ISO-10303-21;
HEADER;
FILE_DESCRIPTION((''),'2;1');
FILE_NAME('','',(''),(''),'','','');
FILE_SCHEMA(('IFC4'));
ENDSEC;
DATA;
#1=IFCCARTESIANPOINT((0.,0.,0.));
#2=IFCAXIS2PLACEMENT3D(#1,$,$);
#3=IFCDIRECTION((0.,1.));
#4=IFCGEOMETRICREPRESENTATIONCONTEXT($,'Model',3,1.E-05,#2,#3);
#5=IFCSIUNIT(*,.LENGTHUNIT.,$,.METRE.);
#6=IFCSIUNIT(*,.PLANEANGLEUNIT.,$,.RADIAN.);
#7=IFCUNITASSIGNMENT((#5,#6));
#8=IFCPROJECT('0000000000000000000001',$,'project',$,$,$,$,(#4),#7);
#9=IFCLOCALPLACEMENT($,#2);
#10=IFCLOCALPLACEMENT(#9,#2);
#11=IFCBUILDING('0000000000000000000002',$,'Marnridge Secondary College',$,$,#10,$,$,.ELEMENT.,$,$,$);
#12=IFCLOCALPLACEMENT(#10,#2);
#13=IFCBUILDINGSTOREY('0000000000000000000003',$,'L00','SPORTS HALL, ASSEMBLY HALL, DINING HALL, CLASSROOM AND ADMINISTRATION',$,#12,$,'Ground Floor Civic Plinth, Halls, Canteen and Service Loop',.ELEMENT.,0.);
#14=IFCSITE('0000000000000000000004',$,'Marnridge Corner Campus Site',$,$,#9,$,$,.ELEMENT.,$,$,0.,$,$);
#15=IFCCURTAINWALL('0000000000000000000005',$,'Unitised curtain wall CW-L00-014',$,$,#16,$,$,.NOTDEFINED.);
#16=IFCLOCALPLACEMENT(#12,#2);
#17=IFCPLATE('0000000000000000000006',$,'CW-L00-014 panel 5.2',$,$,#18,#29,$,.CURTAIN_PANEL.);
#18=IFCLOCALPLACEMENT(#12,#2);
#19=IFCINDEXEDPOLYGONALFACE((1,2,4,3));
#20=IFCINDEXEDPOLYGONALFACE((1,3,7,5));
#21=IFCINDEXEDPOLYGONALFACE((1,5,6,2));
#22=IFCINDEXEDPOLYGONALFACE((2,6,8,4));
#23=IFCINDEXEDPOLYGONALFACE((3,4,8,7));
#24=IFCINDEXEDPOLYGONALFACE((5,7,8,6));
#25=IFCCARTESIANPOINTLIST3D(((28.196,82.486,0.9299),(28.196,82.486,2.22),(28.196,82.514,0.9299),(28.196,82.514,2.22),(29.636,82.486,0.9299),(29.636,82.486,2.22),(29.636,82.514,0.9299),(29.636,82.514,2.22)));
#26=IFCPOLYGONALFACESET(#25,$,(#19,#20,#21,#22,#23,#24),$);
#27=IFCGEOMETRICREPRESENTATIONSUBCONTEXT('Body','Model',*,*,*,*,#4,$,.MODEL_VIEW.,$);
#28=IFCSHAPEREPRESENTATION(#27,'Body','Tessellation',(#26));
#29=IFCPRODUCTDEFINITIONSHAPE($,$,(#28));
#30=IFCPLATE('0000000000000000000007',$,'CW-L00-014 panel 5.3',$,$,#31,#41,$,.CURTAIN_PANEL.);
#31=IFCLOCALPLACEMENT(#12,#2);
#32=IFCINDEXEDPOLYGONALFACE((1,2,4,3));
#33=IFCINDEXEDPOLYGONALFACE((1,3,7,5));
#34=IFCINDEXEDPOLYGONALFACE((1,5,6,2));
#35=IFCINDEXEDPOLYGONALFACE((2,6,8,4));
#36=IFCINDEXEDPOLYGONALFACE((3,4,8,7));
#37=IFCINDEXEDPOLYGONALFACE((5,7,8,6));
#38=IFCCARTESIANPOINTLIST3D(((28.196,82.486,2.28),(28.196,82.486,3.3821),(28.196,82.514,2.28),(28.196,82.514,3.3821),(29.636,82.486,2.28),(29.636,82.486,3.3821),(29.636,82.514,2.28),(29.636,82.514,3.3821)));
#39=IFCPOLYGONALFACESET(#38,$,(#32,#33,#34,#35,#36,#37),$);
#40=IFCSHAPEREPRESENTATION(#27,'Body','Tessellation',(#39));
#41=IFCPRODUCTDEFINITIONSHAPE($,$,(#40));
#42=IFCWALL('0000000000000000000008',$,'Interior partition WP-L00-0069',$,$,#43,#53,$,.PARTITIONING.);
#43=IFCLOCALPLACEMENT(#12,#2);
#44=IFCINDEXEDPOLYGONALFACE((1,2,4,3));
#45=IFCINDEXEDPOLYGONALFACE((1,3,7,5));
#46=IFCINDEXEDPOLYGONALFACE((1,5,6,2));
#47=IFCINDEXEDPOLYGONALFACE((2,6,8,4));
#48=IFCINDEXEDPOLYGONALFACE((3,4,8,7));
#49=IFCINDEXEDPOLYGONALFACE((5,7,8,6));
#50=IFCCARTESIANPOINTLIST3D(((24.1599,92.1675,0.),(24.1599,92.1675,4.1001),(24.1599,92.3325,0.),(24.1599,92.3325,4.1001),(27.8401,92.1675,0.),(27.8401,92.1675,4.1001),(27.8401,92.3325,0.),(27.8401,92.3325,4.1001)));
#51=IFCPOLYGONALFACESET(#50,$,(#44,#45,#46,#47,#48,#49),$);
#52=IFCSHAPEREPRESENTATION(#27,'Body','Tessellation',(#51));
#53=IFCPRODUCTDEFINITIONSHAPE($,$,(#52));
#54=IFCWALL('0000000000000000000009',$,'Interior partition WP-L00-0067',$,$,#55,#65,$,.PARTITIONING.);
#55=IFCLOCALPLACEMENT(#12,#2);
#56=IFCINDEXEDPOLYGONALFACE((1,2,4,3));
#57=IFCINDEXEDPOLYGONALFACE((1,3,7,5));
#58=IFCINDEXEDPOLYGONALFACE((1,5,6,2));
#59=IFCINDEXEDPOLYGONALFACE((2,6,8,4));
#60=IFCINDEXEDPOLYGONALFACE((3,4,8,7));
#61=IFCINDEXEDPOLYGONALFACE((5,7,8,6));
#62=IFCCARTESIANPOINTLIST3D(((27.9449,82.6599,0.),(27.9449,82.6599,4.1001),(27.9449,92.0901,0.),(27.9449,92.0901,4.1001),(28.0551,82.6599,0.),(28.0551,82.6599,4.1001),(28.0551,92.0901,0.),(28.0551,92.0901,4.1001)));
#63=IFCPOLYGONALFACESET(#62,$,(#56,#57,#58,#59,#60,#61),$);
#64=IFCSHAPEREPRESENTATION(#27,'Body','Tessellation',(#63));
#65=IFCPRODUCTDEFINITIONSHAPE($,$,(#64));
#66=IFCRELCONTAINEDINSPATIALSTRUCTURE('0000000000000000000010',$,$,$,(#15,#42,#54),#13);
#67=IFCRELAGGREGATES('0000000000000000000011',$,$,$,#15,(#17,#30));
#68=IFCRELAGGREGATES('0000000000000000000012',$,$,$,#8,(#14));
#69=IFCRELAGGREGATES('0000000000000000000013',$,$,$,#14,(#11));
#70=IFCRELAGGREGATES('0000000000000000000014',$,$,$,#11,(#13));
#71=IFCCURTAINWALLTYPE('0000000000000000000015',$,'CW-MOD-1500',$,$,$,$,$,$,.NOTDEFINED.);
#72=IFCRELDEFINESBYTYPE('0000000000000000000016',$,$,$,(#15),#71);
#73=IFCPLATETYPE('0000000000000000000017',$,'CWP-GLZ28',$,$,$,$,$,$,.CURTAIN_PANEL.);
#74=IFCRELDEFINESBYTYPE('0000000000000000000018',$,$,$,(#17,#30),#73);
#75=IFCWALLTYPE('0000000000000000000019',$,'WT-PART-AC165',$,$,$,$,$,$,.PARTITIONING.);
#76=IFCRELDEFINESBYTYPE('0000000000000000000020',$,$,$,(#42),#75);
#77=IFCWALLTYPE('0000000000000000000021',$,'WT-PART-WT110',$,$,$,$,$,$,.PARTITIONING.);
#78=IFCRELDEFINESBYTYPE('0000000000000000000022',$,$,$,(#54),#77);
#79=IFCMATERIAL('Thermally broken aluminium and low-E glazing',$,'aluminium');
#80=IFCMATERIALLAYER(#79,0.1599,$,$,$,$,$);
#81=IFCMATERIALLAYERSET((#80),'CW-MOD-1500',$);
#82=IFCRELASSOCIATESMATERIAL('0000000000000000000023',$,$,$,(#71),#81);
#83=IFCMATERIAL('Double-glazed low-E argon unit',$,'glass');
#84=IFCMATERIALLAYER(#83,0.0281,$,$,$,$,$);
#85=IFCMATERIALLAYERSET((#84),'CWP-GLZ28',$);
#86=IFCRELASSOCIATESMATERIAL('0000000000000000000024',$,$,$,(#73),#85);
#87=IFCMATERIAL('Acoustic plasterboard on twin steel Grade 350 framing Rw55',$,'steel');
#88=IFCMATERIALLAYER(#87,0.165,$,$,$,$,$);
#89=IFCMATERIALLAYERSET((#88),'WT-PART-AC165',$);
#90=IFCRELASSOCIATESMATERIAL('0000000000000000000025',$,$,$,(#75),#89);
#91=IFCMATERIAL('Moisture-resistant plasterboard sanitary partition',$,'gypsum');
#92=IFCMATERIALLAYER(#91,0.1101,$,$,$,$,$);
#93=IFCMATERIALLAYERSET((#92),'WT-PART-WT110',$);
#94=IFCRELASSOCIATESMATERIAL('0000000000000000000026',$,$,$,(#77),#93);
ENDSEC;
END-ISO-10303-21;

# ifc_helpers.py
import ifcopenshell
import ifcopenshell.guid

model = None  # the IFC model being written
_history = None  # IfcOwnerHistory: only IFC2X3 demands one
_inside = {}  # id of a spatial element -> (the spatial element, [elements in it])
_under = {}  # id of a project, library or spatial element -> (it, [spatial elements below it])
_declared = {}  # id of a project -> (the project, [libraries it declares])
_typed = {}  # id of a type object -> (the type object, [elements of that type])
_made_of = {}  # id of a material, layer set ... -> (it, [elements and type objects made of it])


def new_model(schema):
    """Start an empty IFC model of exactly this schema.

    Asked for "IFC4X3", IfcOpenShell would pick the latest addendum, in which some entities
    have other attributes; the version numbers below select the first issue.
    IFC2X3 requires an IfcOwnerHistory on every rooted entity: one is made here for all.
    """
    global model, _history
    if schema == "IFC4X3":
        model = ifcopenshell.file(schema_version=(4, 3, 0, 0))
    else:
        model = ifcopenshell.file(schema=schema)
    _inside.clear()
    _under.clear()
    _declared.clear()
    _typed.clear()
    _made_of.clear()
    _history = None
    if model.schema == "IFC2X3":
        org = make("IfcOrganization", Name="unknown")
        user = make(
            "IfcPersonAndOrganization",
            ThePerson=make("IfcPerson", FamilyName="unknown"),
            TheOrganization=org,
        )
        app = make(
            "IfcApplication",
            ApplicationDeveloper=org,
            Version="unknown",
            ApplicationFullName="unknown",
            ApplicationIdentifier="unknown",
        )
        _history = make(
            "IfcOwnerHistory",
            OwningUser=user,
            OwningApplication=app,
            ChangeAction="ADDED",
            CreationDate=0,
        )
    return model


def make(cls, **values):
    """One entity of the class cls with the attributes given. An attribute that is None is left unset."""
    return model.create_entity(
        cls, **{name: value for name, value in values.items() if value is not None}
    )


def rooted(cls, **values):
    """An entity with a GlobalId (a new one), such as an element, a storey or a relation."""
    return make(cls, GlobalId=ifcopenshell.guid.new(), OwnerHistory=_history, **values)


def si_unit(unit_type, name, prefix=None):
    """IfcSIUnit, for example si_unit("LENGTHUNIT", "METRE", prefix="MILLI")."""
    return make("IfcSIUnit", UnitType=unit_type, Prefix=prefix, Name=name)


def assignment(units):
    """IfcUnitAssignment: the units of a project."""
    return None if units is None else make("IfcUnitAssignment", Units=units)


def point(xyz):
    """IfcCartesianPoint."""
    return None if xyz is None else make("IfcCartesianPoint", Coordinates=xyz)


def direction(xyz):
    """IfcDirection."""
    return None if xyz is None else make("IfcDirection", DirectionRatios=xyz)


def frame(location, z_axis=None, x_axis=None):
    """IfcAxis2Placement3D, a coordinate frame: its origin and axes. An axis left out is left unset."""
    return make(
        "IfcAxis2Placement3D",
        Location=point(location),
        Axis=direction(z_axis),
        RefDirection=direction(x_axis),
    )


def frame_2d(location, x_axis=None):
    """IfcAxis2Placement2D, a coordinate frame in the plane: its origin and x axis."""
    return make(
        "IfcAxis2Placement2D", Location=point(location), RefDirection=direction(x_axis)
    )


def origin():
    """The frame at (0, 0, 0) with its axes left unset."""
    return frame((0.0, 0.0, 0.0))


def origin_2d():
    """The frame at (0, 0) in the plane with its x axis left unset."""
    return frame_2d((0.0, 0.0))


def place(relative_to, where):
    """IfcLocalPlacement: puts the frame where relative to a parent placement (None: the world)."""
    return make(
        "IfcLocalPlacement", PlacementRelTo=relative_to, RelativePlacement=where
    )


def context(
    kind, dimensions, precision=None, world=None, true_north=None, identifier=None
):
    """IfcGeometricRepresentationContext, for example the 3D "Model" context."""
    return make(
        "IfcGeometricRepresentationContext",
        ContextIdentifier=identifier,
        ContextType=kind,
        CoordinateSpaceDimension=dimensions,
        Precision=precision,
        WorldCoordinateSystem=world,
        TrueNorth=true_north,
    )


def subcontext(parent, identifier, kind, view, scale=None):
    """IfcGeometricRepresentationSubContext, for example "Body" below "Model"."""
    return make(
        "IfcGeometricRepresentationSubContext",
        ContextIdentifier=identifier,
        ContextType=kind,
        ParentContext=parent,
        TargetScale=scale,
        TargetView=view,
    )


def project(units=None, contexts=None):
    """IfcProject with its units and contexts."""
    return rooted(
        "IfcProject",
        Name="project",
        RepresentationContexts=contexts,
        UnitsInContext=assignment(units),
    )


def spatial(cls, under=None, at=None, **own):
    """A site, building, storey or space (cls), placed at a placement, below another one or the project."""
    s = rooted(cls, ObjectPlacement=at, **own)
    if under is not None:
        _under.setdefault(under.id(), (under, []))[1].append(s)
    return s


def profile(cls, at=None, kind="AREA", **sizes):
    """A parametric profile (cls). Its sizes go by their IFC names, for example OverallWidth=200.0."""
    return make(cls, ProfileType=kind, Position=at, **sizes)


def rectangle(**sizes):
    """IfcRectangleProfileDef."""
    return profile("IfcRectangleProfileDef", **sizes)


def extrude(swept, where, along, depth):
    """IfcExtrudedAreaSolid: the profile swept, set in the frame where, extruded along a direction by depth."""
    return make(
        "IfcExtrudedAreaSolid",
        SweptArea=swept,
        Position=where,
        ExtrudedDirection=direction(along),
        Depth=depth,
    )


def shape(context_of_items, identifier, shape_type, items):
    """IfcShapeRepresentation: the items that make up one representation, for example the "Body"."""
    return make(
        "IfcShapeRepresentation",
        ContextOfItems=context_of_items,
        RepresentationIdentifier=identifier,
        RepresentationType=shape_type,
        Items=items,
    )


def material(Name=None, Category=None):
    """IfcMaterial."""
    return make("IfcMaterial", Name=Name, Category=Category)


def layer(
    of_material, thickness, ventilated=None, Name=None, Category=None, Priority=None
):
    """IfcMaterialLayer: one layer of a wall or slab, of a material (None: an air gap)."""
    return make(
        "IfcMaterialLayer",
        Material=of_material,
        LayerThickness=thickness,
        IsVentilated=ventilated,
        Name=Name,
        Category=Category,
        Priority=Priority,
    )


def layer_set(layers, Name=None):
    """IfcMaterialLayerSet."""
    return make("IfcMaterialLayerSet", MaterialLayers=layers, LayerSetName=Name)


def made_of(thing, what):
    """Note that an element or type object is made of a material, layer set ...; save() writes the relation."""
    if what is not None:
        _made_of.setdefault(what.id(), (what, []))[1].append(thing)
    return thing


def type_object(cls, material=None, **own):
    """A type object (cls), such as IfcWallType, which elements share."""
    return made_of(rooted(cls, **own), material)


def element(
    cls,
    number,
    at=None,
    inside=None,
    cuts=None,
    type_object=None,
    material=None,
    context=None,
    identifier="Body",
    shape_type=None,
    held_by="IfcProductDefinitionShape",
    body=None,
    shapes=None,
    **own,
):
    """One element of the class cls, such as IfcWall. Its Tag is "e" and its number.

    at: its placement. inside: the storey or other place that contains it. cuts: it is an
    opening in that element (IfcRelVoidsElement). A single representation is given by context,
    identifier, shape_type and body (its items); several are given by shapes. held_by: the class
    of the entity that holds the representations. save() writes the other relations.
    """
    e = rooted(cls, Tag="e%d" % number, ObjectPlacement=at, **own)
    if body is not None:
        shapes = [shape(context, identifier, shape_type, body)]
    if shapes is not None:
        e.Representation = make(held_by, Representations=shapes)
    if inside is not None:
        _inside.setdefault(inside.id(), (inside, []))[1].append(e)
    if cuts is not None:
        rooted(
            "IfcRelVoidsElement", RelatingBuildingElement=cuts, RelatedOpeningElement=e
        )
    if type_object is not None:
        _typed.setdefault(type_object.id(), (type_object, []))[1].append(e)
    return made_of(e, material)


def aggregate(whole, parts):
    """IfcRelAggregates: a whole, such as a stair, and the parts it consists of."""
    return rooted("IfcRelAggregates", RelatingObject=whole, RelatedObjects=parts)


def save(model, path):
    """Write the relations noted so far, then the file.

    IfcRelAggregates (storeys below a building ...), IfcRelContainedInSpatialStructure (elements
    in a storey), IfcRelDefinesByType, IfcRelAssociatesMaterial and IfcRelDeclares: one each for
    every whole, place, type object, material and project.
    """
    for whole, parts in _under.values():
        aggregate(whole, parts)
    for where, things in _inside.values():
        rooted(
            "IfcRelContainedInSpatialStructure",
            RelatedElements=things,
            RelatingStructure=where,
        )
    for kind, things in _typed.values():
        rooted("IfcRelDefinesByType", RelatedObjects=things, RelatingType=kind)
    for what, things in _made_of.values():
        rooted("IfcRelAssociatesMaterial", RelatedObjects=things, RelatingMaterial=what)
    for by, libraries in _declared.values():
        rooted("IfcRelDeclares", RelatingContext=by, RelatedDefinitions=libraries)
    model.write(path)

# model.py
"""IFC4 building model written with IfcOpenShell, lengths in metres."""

from ifc_helpers import new_model, si_unit, direction, frame, frame_2d, origin, origin_2d, place, context, subcontext, project, spatial, rectangle, extrude, material, layer, layer_set, type_object, element, aggregate, save


model = new_model("IFC4")

# Units and contexts
model_context = context("Model", 3, precision=1e-05, world=origin(), true_north=direction((0.0, 1.0)))
body_context = subcontext(model_context, "Body", "Model", "MODEL_VIEW")
ifc_project = project(units=[si_unit("LENGTHUNIT", "METRE"), si_unit("PLANEANGLEUNIT", "RADIAN")], contexts=[model_context])

# Site, building, storey
site_placement = place(None, origin())
site = spatial("IfcSite", under=ifc_project, at=site_placement, Name="Marnridge Corner Campus Site", CompositionType="ELEMENT", RefElevation=0.0)
building_placement = place(site_placement, origin())
building = spatial("IfcBuilding", under=site, at=building_placement, Name="Marnridge Secondary College", CompositionType="ELEMENT")
storey_placement = place(building_placement, origin())
storey = spatial("IfcBuildingStorey", under=building, at=storey_placement, Name="L00", Description="SPORTS HALL, ASSEMBLY HALL, DINING HALL, CLASSROOM AND ADMINISTRATION", LongName="Ground Floor Civic Plinth, Halls, Canteen and Service Loop", CompositionType="ELEMENT", Elevation=0.0)

# Curtain wall, plates
ifc_material_1 = material(Name="Thermally broken aluminium and low-E glazing", Category="aluminium")
ifc_layer_1 = layer(ifc_material_1, 0.1599)
ifc_layer_set_1 = layer_set([ifc_layer_1], Name="CW-MOD-1500")
curtain_wall_type = type_object("IfcCurtainWallType", Name="CW-MOD-1500", PredefinedType="NOTDEFINED", material=ifc_layer_set_1)
curtain_wall_placement = place(storey_placement, origin())
curtain_wall = element("IfcCurtainWall", 1, at=curtain_wall_placement, inside=storey, type_object=curtain_wall_type, Name="Unitised curtain wall CW-L00-014", PredefinedType="NOTDEFINED")
ifc_material_2 = material(Name="Double-glazed low-E argon unit", Category="glass")
ifc_layer_2 = layer(ifc_material_2, 0.0281)
ifc_layer_set_2 = layer_set([ifc_layer_2], Name="CWP-GLZ28")
plate_type = type_object("IfcPlateType", Name="CWP-GLZ28", PredefinedType="CURTAIN_PANEL", material=ifc_layer_set_2)
plate_1_placement = place(storey_placement, frame((28.916, 82.5, 0.9299), z_axis=(0.0, 0.0, 1.0), x_axis=(-1.0, 0.0, 0.0)))
plate_1 = element("IfcPlate", 2, at=plate_1_placement, type_object=plate_type, Name="CW-L00-014 panel 5.2", PredefinedType="CURTAIN_PANEL", context=body_context, shape_type="SweptSolid", body=[
    extrude(rectangle(XDim=1.4399, YDim=0.0281, at=origin_2d()), origin(), (0.0, 0.0, 1.0), 1.29),
])
plate_2_placement = place(storey_placement, frame((28.916, 82.5, 2.28), z_axis=(0.0, 0.0, 1.0), x_axis=(-1.0, 0.0, 0.0)))
plate_2 = element("IfcPlate", 3, at=plate_2_placement, type_object=plate_type, Name="CW-L00-014 panel 5.3", PredefinedType="CURTAIN_PANEL", context=body_context, shape_type="SweptSolid", body=[
    extrude(rectangle(XDim=1.4399, YDim=0.0281, at=origin_2d()), origin(), (0.0, 0.0, 1.0), 1.1021),
])
aggregate(curtain_wall, [plate_1, plate_2])

# Walls
ifc_material_3 = material(Name="Acoustic plasterboard on twin steel Grade 350 framing Rw55", Category="steel")
ifc_layer_3 = layer(ifc_material_3, 0.165)
ifc_layer_set_3 = layer_set([ifc_layer_3], Name="WT-PART-AC165")
wall_type_1 = type_object("IfcWallType", Name="WT-PART-AC165", PredefinedType="PARTITIONING", material=ifc_layer_set_3)
wall_1_placement = place(storey_placement, frame((27.8401, 92.25, 0.0), z_axis=(0.0, 0.0, 1.0), x_axis=(-1.0, 0.0, 0.0)))
element("IfcWall", 4, at=wall_1_placement, inside=storey, type_object=wall_type_1, Name="Interior partition WP-L00-0069", PredefinedType="PARTITIONING", context=body_context, shape_type="SweptSolid", body=[
    extrude(rectangle(XDim=3.6802, YDim=0.165, at=frame_2d((1.8401, 0.0))), origin(), (0.0, 0.0, 1.0), 4.1001),
])
ifc_material_4 = material(Name="Moisture-resistant plasterboard sanitary partition", Category="gypsum")
ifc_layer_4 = layer(ifc_material_4, 0.1101)
ifc_layer_set_4 = layer_set([ifc_layer_4], Name="WT-PART-WT110")
wall_type_2 = type_object("IfcWallType", Name="WT-PART-WT110", PredefinedType="PARTITIONING", material=ifc_layer_set_4)
wall_2_placement = place(storey_placement, frame((28.0, 82.6599, 0.0), z_axis=(0.0, 0.0, 1.0), x_axis=(0.0, 1.0, 0.0)))
element("IfcWall", 5, at=wall_2_placement, inside=storey, type_object=wall_type_2, Name="Interior partition WP-L00-0067", PredefinedType="PARTITIONING", context=body_context, shape_type="SweptSolid", body=[
    extrude(rectangle(XDim=9.4302, YDim=0.1101, at=frame_2d((4.7151, 0.0))), origin(), (0.0, 0.0, 1.0), 4.1001),
])

save(model, "model.ifc")
